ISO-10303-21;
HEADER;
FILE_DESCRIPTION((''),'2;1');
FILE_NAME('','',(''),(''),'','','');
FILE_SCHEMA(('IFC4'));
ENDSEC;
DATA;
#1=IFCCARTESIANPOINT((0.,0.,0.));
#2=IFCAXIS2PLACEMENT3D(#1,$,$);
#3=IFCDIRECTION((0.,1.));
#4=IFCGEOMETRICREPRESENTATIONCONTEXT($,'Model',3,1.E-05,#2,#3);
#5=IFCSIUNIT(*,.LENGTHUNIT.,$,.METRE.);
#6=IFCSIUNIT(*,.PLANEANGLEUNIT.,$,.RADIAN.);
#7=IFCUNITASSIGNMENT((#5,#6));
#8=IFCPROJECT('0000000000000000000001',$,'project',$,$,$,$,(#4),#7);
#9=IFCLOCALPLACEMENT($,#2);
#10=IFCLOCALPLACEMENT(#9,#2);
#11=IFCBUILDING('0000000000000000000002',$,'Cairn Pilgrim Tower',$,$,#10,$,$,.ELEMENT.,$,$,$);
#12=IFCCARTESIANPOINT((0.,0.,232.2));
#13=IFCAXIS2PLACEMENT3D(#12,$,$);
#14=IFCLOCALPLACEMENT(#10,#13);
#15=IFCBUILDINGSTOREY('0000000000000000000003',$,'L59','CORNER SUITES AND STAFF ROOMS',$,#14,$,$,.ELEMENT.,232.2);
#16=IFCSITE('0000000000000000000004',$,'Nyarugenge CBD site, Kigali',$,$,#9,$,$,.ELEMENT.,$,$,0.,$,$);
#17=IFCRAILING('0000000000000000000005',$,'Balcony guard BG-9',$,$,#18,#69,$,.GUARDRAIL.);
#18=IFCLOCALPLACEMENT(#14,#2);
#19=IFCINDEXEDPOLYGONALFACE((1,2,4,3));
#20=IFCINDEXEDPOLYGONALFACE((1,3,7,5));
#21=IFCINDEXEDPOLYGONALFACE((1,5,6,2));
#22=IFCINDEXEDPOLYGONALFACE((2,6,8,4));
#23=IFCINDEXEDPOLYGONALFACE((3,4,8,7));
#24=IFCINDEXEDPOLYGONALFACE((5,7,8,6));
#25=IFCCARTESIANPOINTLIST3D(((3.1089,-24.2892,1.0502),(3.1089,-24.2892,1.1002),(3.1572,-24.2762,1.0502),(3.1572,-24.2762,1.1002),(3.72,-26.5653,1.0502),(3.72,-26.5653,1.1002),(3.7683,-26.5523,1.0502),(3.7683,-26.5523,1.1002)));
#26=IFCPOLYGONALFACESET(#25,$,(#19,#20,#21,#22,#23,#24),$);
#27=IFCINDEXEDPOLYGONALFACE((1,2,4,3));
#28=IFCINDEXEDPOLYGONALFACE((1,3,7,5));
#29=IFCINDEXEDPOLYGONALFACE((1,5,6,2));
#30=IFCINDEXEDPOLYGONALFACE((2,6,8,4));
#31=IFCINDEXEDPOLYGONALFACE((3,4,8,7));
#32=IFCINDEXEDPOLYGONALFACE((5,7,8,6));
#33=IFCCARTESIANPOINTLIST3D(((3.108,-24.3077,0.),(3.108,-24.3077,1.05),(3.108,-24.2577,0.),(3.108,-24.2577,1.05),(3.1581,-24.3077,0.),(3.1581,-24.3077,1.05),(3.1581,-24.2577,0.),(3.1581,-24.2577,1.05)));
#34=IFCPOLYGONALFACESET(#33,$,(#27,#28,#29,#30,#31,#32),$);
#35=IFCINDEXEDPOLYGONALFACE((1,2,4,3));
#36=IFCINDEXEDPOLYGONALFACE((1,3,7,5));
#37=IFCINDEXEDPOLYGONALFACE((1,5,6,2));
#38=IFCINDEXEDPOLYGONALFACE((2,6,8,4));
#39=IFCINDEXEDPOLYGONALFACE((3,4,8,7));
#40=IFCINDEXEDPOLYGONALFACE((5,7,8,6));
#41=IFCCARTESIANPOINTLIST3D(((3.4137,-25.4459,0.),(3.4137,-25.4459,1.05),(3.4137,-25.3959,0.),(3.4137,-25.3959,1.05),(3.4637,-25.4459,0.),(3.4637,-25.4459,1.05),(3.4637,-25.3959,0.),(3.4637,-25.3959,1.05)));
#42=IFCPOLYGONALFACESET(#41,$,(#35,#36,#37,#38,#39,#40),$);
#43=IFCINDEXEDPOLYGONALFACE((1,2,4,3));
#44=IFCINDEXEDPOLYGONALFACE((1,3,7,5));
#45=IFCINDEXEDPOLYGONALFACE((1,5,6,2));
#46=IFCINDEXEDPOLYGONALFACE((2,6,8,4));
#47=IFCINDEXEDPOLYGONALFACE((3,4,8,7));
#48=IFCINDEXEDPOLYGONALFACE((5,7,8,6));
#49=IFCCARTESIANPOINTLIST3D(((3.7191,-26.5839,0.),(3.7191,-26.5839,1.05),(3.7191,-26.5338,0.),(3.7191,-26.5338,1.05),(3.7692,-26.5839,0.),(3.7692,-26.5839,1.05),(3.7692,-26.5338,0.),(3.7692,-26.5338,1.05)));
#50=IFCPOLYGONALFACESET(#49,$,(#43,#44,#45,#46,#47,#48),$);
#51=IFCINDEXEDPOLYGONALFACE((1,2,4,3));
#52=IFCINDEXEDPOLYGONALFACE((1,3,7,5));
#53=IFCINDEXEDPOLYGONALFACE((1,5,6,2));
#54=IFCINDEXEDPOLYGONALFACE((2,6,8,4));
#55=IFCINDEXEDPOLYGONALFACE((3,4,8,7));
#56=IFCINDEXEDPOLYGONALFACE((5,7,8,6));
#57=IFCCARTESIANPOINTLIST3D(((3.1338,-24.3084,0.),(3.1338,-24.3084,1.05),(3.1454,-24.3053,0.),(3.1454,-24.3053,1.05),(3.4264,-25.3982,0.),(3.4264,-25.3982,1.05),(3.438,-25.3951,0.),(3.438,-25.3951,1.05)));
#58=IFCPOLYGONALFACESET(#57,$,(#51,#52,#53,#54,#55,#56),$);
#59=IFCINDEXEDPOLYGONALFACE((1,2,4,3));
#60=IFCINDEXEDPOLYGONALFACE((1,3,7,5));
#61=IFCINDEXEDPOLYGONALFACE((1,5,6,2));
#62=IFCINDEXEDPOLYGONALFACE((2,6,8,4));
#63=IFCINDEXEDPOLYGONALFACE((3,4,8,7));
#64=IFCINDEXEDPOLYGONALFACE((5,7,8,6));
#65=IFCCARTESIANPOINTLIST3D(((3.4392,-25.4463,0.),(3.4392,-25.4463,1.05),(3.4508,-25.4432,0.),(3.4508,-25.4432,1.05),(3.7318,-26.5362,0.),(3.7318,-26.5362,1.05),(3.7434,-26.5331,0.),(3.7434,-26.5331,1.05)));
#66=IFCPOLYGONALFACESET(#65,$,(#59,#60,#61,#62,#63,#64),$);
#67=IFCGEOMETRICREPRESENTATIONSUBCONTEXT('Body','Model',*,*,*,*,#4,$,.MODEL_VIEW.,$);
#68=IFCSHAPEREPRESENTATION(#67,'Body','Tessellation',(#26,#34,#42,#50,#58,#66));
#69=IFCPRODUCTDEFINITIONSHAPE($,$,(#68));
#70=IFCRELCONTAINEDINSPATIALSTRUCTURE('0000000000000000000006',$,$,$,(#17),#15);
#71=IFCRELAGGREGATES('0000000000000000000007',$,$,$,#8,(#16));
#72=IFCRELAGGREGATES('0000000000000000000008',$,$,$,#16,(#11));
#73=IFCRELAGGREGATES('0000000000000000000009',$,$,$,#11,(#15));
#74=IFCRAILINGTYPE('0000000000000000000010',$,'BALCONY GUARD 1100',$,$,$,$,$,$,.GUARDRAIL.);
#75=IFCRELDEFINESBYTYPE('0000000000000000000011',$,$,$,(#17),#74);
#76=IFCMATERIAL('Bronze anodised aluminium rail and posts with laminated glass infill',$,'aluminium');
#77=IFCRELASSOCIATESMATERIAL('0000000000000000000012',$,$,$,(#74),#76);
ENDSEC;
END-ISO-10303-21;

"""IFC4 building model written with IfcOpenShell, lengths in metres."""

from ifc_helpers import new_model, si_unit, direction, frame, origin, origin_2d, place, context, subcontext, project, spatial, polyline, rectangle, outline, extrude, material, type_object, element, save


model = new_model("IFC4")

# Units and contexts
model_context = context("Model", 3, precision=1e-05, world=origin(), true_north=direction((0.0, 1.0)))
body_context = subcontext(model_context, "Body", "Model", "MODEL_VIEW")
ifc_project = project(units=[si_unit("LENGTHUNIT", "METRE"), si_unit("PLANEANGLEUNIT", "RADIAN")], contexts=[model_context])

# Site, building, storey
site_placement = place(None, origin())
site = spatial("IfcSite", under=ifc_project, at=site_placement, Name="Nyarugenge CBD site, Kigali", CompositionType="ELEMENT", RefElevation=0.0)
building_placement = place(site_placement, origin())
building = spatial("IfcBuilding", under=site, at=building_placement, Name="Cairn Pilgrim Tower", CompositionType="ELEMENT")
storey_placement = place(building_placement, frame((0.0, 0.0, 232.2)))
storey = spatial("IfcBuildingStorey", under=building, at=storey_placement, Name="L59", Description="CORNER SUITES AND STAFF ROOMS", CompositionType="ELEMENT", Elevation=232.2)

# Railing
ifc_material_1 = material(Name="Bronze anodised aluminium rail and posts with laminated glass infill", Category="aluminium")
railing_type_1 = type_object("IfcRailingType", Name="BALCONY GUARD 1100", PredefinedType="GUARDRAIL", material=ifc_material_1)
railing_1_placement = place(storey_placement, frame((3.1331, -24.2827, 0.0)))
element("IfcRailing", 1, at=railing_1_placement, inside=storey, type_object=railing_type_1, Name="Balcony guard BG-9", PredefinedType="GUARDRAIL", context=body_context, shape_type="SweptSolid", body=[
    extrude(rectangle(XDim=0.05, YDim=0.05, at=origin_2d()), frame((0.0, 0.0, 1.0752), z_axis=(0.259294, -0.965799, 0.0), x_axis=(0.965799, 0.259294, 0.0)), (0.0, 0.0, 1.0), 2.3567),
    extrude(rectangle(XDim=0.05, YDim=0.05, at=origin_2d()), origin(), (0.0, 0.0, 1.0), 1.05),
    extrude(rectangle(XDim=0.05, YDim=0.05, at=origin_2d()), frame((0.3057, -1.1382, 0.0)), (0.0, 0.0, 1.0), 1.05),
    extrude(rectangle(XDim=0.05, YDim=0.05, at=origin_2d()), frame((0.6111, -2.2761, 0.0)), (0.0, 0.0, 1.0), 1.05),
    extrude(outline(polyline([(0.0249, 0.0), (1.1533, 0.0), (1.1533, 1.05), (0.0249, 1.05), (0.0249, 0.0)])), frame((0.0059, 0.0015, 0.0), z_axis=(-0.965799, -0.259294, 0.0), x_axis=(0.259294, -0.965799, 0.0)), (0.0, 0.0, 1.0), 0.012),
    extrude(outline(polyline([(0.0249, 0.0), (1.1533, 0.0), (1.1533, 1.05), (0.0249, 1.05), (0.0249, 0.0)])), frame((0.3113, -1.1365, 0.0), z_axis=(-0.965799, -0.259294, 0.0), x_axis=(0.259294, -0.965799, 0.0)), (0.0, 0.0, 1.0), 0.012),
])

save(model, "model.ifc")
